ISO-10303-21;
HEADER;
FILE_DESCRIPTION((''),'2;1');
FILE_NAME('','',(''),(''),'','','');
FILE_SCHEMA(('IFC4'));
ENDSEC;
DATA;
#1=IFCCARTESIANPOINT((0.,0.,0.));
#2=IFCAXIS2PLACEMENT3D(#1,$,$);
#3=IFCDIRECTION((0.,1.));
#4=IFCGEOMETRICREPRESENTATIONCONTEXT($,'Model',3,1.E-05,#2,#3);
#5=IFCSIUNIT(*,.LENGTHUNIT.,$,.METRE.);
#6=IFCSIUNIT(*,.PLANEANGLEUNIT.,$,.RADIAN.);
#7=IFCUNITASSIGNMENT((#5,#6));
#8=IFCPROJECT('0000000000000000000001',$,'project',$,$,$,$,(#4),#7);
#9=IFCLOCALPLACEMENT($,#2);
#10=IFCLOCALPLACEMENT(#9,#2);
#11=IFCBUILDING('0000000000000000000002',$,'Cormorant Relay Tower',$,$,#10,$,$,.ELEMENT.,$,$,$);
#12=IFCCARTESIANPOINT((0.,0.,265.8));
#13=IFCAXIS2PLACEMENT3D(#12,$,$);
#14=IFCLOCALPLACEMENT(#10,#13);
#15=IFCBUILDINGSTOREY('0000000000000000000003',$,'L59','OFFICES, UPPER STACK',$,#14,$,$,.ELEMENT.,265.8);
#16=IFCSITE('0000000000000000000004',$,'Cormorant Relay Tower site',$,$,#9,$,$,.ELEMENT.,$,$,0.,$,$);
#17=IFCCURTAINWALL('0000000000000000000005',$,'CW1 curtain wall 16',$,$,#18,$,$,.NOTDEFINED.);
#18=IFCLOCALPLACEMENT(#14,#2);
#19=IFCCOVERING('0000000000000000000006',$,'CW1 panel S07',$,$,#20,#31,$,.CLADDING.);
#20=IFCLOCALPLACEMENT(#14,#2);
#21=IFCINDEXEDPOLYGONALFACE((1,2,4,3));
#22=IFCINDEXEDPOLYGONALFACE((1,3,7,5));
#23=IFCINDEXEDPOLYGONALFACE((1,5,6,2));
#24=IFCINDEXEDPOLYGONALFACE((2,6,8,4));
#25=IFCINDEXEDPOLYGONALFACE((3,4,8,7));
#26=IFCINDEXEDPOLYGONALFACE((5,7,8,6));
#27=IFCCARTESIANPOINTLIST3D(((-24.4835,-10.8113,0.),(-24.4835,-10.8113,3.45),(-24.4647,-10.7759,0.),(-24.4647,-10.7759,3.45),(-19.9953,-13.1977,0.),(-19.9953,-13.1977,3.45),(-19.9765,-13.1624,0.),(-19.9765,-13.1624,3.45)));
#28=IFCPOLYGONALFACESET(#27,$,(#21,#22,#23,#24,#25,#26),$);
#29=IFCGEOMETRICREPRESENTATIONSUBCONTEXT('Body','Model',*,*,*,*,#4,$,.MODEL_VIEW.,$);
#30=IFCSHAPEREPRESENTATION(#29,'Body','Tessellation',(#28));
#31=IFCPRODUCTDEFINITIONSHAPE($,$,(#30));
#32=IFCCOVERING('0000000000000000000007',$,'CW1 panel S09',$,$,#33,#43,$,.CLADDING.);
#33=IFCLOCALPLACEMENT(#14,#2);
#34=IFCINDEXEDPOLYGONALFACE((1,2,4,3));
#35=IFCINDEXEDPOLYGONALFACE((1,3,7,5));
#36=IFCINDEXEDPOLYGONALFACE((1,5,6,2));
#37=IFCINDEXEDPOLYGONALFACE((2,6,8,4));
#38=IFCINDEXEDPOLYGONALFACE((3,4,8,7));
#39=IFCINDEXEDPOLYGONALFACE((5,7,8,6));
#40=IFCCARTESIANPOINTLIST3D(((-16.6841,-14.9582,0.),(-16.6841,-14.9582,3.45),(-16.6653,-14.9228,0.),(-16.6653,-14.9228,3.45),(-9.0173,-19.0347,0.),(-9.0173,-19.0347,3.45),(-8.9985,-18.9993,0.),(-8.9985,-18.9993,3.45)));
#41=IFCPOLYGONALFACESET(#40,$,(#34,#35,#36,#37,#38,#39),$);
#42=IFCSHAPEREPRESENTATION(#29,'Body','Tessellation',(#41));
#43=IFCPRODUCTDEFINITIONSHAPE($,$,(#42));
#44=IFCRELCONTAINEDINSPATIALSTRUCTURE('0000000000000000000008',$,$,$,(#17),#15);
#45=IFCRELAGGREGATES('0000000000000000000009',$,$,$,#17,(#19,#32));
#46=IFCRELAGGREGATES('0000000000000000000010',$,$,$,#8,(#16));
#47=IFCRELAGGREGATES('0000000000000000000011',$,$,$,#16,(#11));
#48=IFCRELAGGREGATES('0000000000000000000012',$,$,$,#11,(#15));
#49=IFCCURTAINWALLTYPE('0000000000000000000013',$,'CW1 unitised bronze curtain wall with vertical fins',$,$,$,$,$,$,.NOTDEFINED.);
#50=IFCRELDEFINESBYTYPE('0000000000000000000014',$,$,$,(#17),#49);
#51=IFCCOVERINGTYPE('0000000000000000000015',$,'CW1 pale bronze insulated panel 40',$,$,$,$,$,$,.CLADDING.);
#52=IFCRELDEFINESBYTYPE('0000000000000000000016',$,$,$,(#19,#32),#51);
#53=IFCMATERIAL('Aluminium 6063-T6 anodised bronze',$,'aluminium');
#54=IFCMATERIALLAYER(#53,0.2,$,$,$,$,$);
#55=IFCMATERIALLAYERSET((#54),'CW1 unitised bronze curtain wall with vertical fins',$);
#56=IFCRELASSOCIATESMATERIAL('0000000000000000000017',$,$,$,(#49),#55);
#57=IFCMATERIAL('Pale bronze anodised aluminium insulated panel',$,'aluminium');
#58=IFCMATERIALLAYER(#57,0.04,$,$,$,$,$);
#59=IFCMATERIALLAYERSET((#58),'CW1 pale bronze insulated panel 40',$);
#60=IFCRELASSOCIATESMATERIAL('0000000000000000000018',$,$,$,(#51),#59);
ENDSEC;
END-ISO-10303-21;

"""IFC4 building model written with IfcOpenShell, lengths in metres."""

from ifc_helpers import new_model, si_unit, direction, frame, origin, origin_2d, place, context, subcontext, project, spatial, rectangle, extrude, material, layer, layer_set, type_object, element, aggregate, save


model = new_model("IFC4")

# Units and contexts
model_context = context("Model", 3, precision=1e-05, world=origin(), true_north=direction((0.0, 1.0)))
body_context = subcontext(model_context, "Body", "Model", "MODEL_VIEW")
ifc_project = project(units=[si_unit("LENGTHUNIT", "METRE"), si_unit("PLANEANGLEUNIT", "RADIAN")], contexts=[model_context])

# Site, building, storey
site_placement = place(None, origin())
site = spatial("IfcSite", under=ifc_project, at=site_placement, Name="Cormorant Relay Tower site", CompositionType="ELEMENT", RefElevation=0.0)
building_placement = place(site_placement, origin())
building = spatial("IfcBuilding", under=site, at=building_placement, Name="Cormorant Relay Tower", CompositionType="ELEMENT")
storey_placement = place(building_placement, frame((0.0, 0.0, 265.8)))
storey = spatial("IfcBuildingStorey", under=building, at=storey_placement, Name="L59", Description="OFFICES, UPPER STACK", CompositionType="ELEMENT", Elevation=265.8)

# Curtain wall
ifc_material_1 = material(Name="Aluminium 6063-T6 anodised bronze", Category="aluminium")
ifc_layer_1 = layer(ifc_material_1, 0.2)
ifc_layer_set_1 = layer_set([ifc_layer_1], Name="CW1 unitised bronze curtain wall with vertical fins")
curtain_wall_type = type_object("IfcCurtainWallType", Name="CW1 unitised bronze curtain wall with vertical fins", PredefinedType="NOTDEFINED", material=ifc_layer_set_1)
curtain_wall_placement = place(storey_placement, origin())
curtain_wall = element("IfcCurtainWall", 1, at=curtain_wall_placement, inside=storey, type_object=curtain_wall_type, Name="CW1 curtain wall 16", PredefinedType="NOTDEFINED")

# Coverings
ifc_material_2 = material(Name="Pale bronze anodised aluminium insulated panel", Category="aluminium")
ifc_layer_2 = layer(ifc_material_2, 0.04)
ifc_layer_set_2 = layer_set([ifc_layer_2], Name="CW1 pale bronze insulated panel 40")
covering_type = type_object("IfcCoveringType", Name="CW1 pale bronze insulated panel 40", PredefinedType="CLADDING", material=ifc_layer_set_2)
covering_1_placement = place(storey_placement, frame((-22.23, -11.9868, 0.0), z_axis=(0.0, 0.0, 1.0), x_axis=(0.882948, -0.469472, 0.0)))
covering_1 = element("IfcCovering", 2, at=covering_1_placement, type_object=covering_type, Name="CW1 panel S07", PredefinedType="CLADDING", context=body_context, shape_type="SweptSolid", body=[
    extrude(rectangle(XDim=5.0833, YDim=0.04, at=origin_2d()), origin(), (0.0, 0.0, 1.0), 3.45),
])
covering_2_placement = place(storey_placement, frame((-12.8413, -16.9788, 0.0), z_axis=(0.0, 0.0, 1.0), x_axis=(0.882948, -0.469472, 0.0)))
covering_2 = element("IfcCovering", 3, at=covering_2_placement, type_object=covering_type, Name="CW1 panel S09", PredefinedType="CLADDING", context=body_context, shape_type="SweptSolid", body=[
    extrude(rectangle(XDim=8.6831, YDim=0.04, at=origin_2d()), origin(), (0.0, 0.0, 1.0), 3.45),
])
aggregate(curtain_wall, [covering_1, covering_2])

save(model, "model.ifc")
